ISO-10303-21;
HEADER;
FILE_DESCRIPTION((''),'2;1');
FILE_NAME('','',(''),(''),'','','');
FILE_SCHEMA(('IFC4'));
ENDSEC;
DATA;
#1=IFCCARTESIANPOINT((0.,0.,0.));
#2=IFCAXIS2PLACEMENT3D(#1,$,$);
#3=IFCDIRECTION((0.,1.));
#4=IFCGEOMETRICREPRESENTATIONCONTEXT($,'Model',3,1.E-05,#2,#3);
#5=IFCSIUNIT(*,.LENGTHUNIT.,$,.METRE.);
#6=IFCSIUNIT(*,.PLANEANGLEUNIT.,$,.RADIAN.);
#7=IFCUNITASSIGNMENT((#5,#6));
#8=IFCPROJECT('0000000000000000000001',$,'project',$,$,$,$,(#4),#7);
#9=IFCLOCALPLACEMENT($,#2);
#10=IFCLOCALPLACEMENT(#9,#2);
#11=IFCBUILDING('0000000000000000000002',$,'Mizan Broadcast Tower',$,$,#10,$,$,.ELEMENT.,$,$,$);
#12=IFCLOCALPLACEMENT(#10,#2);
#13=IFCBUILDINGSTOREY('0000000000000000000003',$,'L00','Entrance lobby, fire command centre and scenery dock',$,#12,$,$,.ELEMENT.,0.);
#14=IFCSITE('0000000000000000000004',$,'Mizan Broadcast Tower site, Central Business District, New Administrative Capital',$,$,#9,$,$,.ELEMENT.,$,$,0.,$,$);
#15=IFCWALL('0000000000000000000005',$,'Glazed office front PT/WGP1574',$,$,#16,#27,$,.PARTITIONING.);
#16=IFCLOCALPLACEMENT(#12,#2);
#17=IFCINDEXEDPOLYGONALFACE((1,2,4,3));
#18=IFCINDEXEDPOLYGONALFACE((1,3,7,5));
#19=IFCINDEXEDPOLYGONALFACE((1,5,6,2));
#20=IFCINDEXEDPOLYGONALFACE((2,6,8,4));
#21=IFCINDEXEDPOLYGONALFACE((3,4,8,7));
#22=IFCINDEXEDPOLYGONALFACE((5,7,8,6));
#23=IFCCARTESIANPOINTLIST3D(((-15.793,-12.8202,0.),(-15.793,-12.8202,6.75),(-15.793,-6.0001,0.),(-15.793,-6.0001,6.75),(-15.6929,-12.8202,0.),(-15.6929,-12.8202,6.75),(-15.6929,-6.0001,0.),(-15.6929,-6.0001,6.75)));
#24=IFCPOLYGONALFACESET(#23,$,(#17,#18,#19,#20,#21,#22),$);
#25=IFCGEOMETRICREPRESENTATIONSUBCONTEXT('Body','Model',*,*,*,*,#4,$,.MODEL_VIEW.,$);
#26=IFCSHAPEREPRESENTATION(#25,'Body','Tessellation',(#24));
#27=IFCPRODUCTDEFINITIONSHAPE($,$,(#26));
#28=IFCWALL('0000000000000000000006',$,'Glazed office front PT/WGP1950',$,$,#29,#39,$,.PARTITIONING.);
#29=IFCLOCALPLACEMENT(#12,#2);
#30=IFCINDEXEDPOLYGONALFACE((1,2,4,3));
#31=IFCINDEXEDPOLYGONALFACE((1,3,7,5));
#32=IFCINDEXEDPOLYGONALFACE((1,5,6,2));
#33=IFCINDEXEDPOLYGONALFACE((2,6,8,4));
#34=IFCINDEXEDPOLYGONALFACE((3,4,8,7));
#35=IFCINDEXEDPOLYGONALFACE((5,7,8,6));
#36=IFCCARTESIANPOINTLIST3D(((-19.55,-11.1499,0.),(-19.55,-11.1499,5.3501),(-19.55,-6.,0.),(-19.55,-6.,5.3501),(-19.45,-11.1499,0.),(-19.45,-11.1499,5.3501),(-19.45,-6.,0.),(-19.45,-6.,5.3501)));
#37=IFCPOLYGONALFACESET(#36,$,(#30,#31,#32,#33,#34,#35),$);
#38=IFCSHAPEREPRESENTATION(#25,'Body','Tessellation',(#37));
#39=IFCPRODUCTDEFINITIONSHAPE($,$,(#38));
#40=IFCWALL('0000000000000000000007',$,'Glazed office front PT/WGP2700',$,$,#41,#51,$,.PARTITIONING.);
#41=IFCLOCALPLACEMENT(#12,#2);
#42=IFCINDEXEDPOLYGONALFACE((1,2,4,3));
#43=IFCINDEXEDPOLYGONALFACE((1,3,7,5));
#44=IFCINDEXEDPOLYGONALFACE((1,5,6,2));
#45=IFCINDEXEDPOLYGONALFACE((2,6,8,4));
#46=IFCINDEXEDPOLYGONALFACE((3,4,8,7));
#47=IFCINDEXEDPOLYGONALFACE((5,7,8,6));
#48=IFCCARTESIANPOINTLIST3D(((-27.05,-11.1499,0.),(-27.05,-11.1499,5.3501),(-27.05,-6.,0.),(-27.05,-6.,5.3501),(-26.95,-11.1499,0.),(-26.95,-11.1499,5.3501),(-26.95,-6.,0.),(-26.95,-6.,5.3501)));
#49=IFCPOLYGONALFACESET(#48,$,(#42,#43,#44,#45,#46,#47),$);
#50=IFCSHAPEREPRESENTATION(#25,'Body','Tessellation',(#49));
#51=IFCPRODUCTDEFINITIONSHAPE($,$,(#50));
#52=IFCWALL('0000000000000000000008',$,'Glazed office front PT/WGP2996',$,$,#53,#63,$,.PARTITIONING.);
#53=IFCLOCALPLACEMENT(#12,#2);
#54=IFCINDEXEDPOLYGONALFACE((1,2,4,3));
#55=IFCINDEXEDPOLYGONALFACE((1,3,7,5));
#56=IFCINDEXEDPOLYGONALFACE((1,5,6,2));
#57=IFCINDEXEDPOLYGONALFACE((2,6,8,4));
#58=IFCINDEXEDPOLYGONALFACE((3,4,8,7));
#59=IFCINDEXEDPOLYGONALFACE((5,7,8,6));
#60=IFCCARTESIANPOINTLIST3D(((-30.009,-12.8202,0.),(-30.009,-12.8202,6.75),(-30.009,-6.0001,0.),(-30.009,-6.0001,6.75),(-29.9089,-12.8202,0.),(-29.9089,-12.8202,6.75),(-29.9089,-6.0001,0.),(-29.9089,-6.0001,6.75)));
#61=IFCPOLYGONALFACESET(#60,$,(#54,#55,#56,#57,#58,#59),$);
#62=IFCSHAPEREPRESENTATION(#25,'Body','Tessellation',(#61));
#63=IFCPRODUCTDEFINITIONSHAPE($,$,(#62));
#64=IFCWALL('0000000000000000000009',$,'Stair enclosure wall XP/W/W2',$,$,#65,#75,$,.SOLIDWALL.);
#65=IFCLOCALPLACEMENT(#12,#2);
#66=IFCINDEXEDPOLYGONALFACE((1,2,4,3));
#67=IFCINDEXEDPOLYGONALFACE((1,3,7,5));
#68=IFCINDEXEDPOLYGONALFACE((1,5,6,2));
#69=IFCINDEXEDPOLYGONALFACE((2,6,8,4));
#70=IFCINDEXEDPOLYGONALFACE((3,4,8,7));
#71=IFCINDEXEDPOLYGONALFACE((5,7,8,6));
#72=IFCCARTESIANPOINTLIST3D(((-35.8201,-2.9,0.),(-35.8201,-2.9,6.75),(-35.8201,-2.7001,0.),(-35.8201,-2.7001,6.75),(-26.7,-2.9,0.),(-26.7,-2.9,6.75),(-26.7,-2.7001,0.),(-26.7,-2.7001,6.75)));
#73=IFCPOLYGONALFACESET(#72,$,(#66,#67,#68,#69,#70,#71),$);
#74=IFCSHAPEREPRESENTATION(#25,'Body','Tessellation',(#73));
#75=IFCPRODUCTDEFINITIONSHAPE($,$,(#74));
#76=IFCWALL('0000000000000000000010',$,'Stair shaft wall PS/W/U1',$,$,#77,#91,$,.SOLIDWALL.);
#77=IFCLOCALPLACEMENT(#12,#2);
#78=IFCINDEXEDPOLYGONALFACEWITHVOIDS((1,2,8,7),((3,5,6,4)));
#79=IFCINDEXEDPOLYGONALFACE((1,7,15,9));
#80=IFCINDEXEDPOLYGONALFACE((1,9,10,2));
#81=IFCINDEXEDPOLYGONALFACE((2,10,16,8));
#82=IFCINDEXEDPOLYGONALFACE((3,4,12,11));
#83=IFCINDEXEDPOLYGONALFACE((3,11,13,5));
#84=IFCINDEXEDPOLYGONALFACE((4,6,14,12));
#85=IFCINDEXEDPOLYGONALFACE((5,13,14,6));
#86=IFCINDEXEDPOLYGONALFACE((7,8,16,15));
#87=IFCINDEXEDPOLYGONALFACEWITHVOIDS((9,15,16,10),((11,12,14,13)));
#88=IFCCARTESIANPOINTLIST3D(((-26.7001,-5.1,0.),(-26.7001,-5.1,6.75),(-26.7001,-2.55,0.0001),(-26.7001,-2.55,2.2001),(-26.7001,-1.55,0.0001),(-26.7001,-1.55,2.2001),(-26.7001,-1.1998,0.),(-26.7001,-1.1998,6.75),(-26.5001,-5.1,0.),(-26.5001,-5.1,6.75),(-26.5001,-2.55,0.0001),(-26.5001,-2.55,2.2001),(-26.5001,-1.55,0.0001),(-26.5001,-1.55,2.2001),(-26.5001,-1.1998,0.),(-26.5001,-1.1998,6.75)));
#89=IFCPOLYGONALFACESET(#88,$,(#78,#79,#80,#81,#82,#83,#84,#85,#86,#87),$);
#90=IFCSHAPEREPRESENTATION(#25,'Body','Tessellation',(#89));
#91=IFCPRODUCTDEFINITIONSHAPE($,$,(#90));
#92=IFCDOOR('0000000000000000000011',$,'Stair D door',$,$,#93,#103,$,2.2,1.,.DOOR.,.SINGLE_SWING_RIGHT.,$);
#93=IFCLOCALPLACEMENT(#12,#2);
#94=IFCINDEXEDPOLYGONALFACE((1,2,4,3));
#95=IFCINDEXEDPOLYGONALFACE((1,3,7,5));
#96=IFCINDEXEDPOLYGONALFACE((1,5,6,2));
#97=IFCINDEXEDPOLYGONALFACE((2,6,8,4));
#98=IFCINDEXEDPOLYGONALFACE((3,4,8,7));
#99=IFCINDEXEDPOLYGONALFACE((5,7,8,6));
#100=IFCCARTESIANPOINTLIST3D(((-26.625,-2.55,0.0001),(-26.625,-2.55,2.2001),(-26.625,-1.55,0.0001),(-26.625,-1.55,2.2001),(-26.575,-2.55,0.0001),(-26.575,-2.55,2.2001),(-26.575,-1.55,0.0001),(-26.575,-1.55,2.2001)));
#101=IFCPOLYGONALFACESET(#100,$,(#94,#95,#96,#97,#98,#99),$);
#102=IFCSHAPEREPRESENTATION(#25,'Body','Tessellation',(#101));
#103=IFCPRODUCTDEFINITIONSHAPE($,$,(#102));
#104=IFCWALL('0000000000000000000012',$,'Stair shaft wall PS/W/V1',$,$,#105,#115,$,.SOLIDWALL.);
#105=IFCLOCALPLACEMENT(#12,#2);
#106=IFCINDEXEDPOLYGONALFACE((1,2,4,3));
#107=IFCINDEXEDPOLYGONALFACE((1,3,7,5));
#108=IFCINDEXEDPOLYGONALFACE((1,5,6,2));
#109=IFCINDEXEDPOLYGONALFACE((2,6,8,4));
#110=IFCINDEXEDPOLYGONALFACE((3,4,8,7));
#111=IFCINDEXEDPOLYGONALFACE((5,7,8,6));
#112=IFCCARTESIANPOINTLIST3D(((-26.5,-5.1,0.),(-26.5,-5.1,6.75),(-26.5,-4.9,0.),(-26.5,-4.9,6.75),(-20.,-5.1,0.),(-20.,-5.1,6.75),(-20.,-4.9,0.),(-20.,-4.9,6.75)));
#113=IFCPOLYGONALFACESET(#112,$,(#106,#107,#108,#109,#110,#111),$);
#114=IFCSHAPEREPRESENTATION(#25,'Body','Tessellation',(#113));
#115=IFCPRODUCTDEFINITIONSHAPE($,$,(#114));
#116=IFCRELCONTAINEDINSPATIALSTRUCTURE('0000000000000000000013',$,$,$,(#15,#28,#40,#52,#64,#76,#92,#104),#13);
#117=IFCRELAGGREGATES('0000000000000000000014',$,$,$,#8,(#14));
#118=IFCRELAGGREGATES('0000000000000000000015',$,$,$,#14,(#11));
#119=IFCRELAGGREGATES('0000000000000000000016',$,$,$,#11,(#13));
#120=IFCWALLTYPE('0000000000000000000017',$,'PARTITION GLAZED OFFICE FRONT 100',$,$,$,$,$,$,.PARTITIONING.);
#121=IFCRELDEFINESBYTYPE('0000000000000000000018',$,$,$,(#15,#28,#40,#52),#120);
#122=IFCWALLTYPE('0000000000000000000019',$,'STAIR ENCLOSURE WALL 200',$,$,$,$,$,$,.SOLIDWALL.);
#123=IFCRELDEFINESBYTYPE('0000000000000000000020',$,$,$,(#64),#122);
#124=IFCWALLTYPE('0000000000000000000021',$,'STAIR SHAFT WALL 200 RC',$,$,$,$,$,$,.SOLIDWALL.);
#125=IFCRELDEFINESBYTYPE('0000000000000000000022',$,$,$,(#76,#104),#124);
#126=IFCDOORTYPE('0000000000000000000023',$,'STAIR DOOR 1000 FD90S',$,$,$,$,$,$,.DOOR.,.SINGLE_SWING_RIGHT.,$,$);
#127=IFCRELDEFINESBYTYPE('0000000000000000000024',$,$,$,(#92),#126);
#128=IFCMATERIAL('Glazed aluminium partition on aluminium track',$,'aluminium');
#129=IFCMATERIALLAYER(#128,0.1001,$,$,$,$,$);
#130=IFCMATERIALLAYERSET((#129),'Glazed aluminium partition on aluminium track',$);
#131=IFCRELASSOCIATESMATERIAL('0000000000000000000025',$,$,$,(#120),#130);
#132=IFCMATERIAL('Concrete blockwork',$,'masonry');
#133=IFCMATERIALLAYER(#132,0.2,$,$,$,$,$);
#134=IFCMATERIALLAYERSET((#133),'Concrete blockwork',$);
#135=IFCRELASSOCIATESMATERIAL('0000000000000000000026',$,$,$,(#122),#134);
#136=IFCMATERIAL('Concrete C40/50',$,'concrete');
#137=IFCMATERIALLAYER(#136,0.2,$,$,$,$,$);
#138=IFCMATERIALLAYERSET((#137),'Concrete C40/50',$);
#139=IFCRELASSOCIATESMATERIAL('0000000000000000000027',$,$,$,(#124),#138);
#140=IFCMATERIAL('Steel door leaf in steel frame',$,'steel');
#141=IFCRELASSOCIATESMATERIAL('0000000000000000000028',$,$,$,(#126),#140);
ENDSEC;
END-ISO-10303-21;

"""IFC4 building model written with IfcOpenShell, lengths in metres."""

from ifc_helpers import new_model, si_unit, direction, frame, frame_2d, origin, place, context, subcontext, project, spatial, rectangle, extrude, material, layer, layer_set, type_object, element, fill, save


model = new_model("IFC4")

# Units and contexts
model_context = context("Model", 3, precision=1e-05, world=origin(), true_north=direction((0.0, 1.0)))
body_context = subcontext(model_context, "Body", "Model", "MODEL_VIEW")
ifc_project = project(units=[si_unit("LENGTHUNIT", "METRE"), si_unit("PLANEANGLEUNIT", "RADIAN")], contexts=[model_context])

# Site, building, storey
site_placement = place(None, origin())
site = spatial("IfcSite", under=ifc_project, at=site_placement, Name="Mizan Broadcast Tower site, Central Business District, New Administrative Capital", CompositionType="ELEMENT", RefElevation=0.0)
building_placement = place(site_placement, origin())
building = spatial("IfcBuilding", under=site, at=building_placement, Name="Mizan Broadcast Tower", CompositionType="ELEMENT")
storey_placement = place(building_placement, origin())
storey = spatial("IfcBuildingStorey", under=building, at=storey_placement, Name="L00", Description="Entrance lobby, fire command centre and scenery dock", CompositionType="ELEMENT", Elevation=0.0)

# Shared definitions
ifc_material_1 = material(Name="Glazed aluminium partition on aluminium track", Category="aluminium")
ifc_layer_1 = layer(ifc_material_1, 0.1001)
ifc_layer_set_1 = layer_set([ifc_layer_1], Name="Glazed aluminium partition on aluminium track")
wall_type_1 = type_object("IfcWallType", Name="PARTITION GLAZED OFFICE FRONT 100", PredefinedType="PARTITIONING", material=ifc_layer_set_1)

# Walls
wall_1_placement = place(storey_placement, frame((-15.7429, -6.0, 0.0), z_axis=(0.0, 0.0, 1.0), x_axis=(0.0, -1.0, 0.0)))
element("IfcWall", 1, at=wall_1_placement, inside=storey, type_object=wall_type_1, Name="Glazed office front PT/WGP1574", PredefinedType="PARTITIONING", context=body_context, shape_type="SweptSolid", body=[
    extrude(rectangle(XDim=6.8201, YDim=0.1001, at=frame_2d((3.4102, 0.0))), origin(), (0.0, 0.0, 1.0), 6.75),
])
for number, where, z_axis, x_axis, name in (
    (2, (-19.5, -6.0, 0.0), (0.0, 0.0, 1.0), (0.0, -1.0, 0.0), "Glazed office front PT/WGP1950"),
    (3, (-27.0, -6.0, 0.0), (0.0, 0.0, 1.0), (0.0, -1.0, 0.0), "Glazed office front PT/WGP2700"),
):
    element("IfcWall", number, at=place(storey_placement, frame(where, z_axis=z_axis, x_axis=x_axis)), inside=storey, type_object=wall_type_1, Name=name, PredefinedType="PARTITIONING", context=body_context, shape_type="SweptSolid", body=[
        extrude(rectangle(XDim=5.1499, YDim=0.1001, at=frame_2d((2.575, 0.0))), origin(), (0.0, 0.0, 1.0), 5.3501),
    ])
wall_2_placement = place(storey_placement, frame((-29.959, -6.0, 0.0), z_axis=(0.0, 0.0, 1.0), x_axis=(0.0, -1.0, 0.0)))
element("IfcWall", 4, at=wall_2_placement, inside=storey, type_object=wall_type_1, Name="Glazed office front PT/WGP2996", PredefinedType="PARTITIONING", context=body_context, shape_type="SweptSolid", body=[
    extrude(rectangle(XDim=6.8201, YDim=0.1001, at=frame_2d((3.4102, 0.0))), origin(), (0.0, 0.0, 1.0), 6.75),
])
ifc_material_2 = material(Name="Concrete blockwork", Category="masonry")
ifc_layer_2 = layer(ifc_material_2, 0.2)
ifc_layer_set_2 = layer_set([ifc_layer_2], Name="Concrete blockwork")
wall_type_2 = type_object("IfcWallType", Name="STAIR ENCLOSURE WALL 200", PredefinedType="SOLIDWALL", material=ifc_layer_set_2)
wall_3_placement = place(storey_placement, frame((-26.7, -2.8, 0.0), z_axis=(0.0, 0.0, 1.0), x_axis=(-1.0, 0.0, 0.0)))
element("IfcWall", 5, at=wall_3_placement, inside=storey, type_object=wall_type_2, Name="Stair enclosure wall XP/W/W2", PredefinedType="SOLIDWALL", context=body_context, shape_type="SweptSolid", body=[
    extrude(rectangle(XDim=9.1201, YDim=0.2, at=frame_2d((4.5601, 0.0))), origin(), (0.0, 0.0, 1.0), 6.75),
])

# Wall, opening, door
ifc_material_3 = material(Name="Concrete C40/50", Category="concrete")
ifc_layer_3 = layer(ifc_material_3, 0.2)
ifc_layer_set_3 = layer_set([ifc_layer_3], Name="Concrete C40/50")
wall_type_3 = type_object("IfcWallType", Name="STAIR SHAFT WALL 200 RC", PredefinedType="SOLIDWALL", material=ifc_layer_set_3)
wall_4_placement = place(storey_placement, frame((-26.6001, -5.1001, 0.0), z_axis=(0.0, 0.0, 1.0), x_axis=(0.0, 1.0, 0.0)))
wall_4 = element("IfcWall", 6, at=wall_4_placement, inside=storey, type_object=wall_type_3, Name="Stair shaft wall PS/W/U1", PredefinedType="SOLIDWALL", context=body_context, shape_type="SweptSolid", body=[
    extrude(rectangle(XDim=3.9001, YDim=0.2, at=frame_2d((1.9502, 0.0))), origin(), (0.0, 0.0, 1.0), 6.75),
])
opening_1_placement = place(wall_4_placement, frame((2.55, 0.0, 0.0)))
opening_1 = element("IfcOpeningElement", 7, at=opening_1_placement, cuts=wall_4, PredefinedType="OPENING", context=body_context, shape_type="SweptSolid", body=[
    extrude(rectangle(XDim=1.0, YDim=2.2, at=frame_2d((0.5, 1.1001))), frame((0.0, 0.1099, 0.0), z_axis=(0.0, -1.0, 0.0), x_axis=(1.0, 0.0, 0.0)), (0.0, 0.0, 1.0), 0.22),
])
ifc_material_4 = material(Name="Steel door leaf in steel frame", Category="steel")
door_type_1 = type_object("IfcDoorType", Name="STAIR DOOR 1000 FD90S", OperationType="SINGLE_SWING_RIGHT", PredefinedType="DOOR", material=ifc_material_4)
door_1_placement = place(opening_1_placement, origin())
door_1 = element("IfcDoor", 8, at=door_1_placement, inside=storey, type_object=door_type_1, Name="Stair D door", OperationType="SINGLE_SWING_RIGHT", OverallHeight=2.2, OverallWidth=1.0, PredefinedType="DOOR", context=body_context, shape_type="SweptSolid", body=[
    extrude(rectangle(XDim=1.0, YDim=2.2, at=frame_2d((0.5, 1.1001))), frame((0.0, 0.0249, 0.0), z_axis=(0.0, -1.0, 0.0), x_axis=(1.0, 0.0, 0.0)), (0.0, 0.0, 1.0), 0.05),
])
fill(opening_1, door_1)

# Wall
wall_5_placement = place(storey_placement, frame((-26.5, -5.0, 0.0), z_axis=(0.0, 0.0, 1.0), x_axis=(1.0, 0.0, 0.0)))
element("IfcWall", 9, at=wall_5_placement, inside=storey, type_object=wall_type_3, Name="Stair shaft wall PS/W/V1", PredefinedType="SOLIDWALL", context=body_context, shape_type="SweptSolid", body=[
    extrude(rectangle(XDim=6.5, YDim=0.2, at=frame_2d((3.25, 0.0))), origin(), (0.0, 0.0, 1.0), 6.75),
])

save(model, "model.ifc")
